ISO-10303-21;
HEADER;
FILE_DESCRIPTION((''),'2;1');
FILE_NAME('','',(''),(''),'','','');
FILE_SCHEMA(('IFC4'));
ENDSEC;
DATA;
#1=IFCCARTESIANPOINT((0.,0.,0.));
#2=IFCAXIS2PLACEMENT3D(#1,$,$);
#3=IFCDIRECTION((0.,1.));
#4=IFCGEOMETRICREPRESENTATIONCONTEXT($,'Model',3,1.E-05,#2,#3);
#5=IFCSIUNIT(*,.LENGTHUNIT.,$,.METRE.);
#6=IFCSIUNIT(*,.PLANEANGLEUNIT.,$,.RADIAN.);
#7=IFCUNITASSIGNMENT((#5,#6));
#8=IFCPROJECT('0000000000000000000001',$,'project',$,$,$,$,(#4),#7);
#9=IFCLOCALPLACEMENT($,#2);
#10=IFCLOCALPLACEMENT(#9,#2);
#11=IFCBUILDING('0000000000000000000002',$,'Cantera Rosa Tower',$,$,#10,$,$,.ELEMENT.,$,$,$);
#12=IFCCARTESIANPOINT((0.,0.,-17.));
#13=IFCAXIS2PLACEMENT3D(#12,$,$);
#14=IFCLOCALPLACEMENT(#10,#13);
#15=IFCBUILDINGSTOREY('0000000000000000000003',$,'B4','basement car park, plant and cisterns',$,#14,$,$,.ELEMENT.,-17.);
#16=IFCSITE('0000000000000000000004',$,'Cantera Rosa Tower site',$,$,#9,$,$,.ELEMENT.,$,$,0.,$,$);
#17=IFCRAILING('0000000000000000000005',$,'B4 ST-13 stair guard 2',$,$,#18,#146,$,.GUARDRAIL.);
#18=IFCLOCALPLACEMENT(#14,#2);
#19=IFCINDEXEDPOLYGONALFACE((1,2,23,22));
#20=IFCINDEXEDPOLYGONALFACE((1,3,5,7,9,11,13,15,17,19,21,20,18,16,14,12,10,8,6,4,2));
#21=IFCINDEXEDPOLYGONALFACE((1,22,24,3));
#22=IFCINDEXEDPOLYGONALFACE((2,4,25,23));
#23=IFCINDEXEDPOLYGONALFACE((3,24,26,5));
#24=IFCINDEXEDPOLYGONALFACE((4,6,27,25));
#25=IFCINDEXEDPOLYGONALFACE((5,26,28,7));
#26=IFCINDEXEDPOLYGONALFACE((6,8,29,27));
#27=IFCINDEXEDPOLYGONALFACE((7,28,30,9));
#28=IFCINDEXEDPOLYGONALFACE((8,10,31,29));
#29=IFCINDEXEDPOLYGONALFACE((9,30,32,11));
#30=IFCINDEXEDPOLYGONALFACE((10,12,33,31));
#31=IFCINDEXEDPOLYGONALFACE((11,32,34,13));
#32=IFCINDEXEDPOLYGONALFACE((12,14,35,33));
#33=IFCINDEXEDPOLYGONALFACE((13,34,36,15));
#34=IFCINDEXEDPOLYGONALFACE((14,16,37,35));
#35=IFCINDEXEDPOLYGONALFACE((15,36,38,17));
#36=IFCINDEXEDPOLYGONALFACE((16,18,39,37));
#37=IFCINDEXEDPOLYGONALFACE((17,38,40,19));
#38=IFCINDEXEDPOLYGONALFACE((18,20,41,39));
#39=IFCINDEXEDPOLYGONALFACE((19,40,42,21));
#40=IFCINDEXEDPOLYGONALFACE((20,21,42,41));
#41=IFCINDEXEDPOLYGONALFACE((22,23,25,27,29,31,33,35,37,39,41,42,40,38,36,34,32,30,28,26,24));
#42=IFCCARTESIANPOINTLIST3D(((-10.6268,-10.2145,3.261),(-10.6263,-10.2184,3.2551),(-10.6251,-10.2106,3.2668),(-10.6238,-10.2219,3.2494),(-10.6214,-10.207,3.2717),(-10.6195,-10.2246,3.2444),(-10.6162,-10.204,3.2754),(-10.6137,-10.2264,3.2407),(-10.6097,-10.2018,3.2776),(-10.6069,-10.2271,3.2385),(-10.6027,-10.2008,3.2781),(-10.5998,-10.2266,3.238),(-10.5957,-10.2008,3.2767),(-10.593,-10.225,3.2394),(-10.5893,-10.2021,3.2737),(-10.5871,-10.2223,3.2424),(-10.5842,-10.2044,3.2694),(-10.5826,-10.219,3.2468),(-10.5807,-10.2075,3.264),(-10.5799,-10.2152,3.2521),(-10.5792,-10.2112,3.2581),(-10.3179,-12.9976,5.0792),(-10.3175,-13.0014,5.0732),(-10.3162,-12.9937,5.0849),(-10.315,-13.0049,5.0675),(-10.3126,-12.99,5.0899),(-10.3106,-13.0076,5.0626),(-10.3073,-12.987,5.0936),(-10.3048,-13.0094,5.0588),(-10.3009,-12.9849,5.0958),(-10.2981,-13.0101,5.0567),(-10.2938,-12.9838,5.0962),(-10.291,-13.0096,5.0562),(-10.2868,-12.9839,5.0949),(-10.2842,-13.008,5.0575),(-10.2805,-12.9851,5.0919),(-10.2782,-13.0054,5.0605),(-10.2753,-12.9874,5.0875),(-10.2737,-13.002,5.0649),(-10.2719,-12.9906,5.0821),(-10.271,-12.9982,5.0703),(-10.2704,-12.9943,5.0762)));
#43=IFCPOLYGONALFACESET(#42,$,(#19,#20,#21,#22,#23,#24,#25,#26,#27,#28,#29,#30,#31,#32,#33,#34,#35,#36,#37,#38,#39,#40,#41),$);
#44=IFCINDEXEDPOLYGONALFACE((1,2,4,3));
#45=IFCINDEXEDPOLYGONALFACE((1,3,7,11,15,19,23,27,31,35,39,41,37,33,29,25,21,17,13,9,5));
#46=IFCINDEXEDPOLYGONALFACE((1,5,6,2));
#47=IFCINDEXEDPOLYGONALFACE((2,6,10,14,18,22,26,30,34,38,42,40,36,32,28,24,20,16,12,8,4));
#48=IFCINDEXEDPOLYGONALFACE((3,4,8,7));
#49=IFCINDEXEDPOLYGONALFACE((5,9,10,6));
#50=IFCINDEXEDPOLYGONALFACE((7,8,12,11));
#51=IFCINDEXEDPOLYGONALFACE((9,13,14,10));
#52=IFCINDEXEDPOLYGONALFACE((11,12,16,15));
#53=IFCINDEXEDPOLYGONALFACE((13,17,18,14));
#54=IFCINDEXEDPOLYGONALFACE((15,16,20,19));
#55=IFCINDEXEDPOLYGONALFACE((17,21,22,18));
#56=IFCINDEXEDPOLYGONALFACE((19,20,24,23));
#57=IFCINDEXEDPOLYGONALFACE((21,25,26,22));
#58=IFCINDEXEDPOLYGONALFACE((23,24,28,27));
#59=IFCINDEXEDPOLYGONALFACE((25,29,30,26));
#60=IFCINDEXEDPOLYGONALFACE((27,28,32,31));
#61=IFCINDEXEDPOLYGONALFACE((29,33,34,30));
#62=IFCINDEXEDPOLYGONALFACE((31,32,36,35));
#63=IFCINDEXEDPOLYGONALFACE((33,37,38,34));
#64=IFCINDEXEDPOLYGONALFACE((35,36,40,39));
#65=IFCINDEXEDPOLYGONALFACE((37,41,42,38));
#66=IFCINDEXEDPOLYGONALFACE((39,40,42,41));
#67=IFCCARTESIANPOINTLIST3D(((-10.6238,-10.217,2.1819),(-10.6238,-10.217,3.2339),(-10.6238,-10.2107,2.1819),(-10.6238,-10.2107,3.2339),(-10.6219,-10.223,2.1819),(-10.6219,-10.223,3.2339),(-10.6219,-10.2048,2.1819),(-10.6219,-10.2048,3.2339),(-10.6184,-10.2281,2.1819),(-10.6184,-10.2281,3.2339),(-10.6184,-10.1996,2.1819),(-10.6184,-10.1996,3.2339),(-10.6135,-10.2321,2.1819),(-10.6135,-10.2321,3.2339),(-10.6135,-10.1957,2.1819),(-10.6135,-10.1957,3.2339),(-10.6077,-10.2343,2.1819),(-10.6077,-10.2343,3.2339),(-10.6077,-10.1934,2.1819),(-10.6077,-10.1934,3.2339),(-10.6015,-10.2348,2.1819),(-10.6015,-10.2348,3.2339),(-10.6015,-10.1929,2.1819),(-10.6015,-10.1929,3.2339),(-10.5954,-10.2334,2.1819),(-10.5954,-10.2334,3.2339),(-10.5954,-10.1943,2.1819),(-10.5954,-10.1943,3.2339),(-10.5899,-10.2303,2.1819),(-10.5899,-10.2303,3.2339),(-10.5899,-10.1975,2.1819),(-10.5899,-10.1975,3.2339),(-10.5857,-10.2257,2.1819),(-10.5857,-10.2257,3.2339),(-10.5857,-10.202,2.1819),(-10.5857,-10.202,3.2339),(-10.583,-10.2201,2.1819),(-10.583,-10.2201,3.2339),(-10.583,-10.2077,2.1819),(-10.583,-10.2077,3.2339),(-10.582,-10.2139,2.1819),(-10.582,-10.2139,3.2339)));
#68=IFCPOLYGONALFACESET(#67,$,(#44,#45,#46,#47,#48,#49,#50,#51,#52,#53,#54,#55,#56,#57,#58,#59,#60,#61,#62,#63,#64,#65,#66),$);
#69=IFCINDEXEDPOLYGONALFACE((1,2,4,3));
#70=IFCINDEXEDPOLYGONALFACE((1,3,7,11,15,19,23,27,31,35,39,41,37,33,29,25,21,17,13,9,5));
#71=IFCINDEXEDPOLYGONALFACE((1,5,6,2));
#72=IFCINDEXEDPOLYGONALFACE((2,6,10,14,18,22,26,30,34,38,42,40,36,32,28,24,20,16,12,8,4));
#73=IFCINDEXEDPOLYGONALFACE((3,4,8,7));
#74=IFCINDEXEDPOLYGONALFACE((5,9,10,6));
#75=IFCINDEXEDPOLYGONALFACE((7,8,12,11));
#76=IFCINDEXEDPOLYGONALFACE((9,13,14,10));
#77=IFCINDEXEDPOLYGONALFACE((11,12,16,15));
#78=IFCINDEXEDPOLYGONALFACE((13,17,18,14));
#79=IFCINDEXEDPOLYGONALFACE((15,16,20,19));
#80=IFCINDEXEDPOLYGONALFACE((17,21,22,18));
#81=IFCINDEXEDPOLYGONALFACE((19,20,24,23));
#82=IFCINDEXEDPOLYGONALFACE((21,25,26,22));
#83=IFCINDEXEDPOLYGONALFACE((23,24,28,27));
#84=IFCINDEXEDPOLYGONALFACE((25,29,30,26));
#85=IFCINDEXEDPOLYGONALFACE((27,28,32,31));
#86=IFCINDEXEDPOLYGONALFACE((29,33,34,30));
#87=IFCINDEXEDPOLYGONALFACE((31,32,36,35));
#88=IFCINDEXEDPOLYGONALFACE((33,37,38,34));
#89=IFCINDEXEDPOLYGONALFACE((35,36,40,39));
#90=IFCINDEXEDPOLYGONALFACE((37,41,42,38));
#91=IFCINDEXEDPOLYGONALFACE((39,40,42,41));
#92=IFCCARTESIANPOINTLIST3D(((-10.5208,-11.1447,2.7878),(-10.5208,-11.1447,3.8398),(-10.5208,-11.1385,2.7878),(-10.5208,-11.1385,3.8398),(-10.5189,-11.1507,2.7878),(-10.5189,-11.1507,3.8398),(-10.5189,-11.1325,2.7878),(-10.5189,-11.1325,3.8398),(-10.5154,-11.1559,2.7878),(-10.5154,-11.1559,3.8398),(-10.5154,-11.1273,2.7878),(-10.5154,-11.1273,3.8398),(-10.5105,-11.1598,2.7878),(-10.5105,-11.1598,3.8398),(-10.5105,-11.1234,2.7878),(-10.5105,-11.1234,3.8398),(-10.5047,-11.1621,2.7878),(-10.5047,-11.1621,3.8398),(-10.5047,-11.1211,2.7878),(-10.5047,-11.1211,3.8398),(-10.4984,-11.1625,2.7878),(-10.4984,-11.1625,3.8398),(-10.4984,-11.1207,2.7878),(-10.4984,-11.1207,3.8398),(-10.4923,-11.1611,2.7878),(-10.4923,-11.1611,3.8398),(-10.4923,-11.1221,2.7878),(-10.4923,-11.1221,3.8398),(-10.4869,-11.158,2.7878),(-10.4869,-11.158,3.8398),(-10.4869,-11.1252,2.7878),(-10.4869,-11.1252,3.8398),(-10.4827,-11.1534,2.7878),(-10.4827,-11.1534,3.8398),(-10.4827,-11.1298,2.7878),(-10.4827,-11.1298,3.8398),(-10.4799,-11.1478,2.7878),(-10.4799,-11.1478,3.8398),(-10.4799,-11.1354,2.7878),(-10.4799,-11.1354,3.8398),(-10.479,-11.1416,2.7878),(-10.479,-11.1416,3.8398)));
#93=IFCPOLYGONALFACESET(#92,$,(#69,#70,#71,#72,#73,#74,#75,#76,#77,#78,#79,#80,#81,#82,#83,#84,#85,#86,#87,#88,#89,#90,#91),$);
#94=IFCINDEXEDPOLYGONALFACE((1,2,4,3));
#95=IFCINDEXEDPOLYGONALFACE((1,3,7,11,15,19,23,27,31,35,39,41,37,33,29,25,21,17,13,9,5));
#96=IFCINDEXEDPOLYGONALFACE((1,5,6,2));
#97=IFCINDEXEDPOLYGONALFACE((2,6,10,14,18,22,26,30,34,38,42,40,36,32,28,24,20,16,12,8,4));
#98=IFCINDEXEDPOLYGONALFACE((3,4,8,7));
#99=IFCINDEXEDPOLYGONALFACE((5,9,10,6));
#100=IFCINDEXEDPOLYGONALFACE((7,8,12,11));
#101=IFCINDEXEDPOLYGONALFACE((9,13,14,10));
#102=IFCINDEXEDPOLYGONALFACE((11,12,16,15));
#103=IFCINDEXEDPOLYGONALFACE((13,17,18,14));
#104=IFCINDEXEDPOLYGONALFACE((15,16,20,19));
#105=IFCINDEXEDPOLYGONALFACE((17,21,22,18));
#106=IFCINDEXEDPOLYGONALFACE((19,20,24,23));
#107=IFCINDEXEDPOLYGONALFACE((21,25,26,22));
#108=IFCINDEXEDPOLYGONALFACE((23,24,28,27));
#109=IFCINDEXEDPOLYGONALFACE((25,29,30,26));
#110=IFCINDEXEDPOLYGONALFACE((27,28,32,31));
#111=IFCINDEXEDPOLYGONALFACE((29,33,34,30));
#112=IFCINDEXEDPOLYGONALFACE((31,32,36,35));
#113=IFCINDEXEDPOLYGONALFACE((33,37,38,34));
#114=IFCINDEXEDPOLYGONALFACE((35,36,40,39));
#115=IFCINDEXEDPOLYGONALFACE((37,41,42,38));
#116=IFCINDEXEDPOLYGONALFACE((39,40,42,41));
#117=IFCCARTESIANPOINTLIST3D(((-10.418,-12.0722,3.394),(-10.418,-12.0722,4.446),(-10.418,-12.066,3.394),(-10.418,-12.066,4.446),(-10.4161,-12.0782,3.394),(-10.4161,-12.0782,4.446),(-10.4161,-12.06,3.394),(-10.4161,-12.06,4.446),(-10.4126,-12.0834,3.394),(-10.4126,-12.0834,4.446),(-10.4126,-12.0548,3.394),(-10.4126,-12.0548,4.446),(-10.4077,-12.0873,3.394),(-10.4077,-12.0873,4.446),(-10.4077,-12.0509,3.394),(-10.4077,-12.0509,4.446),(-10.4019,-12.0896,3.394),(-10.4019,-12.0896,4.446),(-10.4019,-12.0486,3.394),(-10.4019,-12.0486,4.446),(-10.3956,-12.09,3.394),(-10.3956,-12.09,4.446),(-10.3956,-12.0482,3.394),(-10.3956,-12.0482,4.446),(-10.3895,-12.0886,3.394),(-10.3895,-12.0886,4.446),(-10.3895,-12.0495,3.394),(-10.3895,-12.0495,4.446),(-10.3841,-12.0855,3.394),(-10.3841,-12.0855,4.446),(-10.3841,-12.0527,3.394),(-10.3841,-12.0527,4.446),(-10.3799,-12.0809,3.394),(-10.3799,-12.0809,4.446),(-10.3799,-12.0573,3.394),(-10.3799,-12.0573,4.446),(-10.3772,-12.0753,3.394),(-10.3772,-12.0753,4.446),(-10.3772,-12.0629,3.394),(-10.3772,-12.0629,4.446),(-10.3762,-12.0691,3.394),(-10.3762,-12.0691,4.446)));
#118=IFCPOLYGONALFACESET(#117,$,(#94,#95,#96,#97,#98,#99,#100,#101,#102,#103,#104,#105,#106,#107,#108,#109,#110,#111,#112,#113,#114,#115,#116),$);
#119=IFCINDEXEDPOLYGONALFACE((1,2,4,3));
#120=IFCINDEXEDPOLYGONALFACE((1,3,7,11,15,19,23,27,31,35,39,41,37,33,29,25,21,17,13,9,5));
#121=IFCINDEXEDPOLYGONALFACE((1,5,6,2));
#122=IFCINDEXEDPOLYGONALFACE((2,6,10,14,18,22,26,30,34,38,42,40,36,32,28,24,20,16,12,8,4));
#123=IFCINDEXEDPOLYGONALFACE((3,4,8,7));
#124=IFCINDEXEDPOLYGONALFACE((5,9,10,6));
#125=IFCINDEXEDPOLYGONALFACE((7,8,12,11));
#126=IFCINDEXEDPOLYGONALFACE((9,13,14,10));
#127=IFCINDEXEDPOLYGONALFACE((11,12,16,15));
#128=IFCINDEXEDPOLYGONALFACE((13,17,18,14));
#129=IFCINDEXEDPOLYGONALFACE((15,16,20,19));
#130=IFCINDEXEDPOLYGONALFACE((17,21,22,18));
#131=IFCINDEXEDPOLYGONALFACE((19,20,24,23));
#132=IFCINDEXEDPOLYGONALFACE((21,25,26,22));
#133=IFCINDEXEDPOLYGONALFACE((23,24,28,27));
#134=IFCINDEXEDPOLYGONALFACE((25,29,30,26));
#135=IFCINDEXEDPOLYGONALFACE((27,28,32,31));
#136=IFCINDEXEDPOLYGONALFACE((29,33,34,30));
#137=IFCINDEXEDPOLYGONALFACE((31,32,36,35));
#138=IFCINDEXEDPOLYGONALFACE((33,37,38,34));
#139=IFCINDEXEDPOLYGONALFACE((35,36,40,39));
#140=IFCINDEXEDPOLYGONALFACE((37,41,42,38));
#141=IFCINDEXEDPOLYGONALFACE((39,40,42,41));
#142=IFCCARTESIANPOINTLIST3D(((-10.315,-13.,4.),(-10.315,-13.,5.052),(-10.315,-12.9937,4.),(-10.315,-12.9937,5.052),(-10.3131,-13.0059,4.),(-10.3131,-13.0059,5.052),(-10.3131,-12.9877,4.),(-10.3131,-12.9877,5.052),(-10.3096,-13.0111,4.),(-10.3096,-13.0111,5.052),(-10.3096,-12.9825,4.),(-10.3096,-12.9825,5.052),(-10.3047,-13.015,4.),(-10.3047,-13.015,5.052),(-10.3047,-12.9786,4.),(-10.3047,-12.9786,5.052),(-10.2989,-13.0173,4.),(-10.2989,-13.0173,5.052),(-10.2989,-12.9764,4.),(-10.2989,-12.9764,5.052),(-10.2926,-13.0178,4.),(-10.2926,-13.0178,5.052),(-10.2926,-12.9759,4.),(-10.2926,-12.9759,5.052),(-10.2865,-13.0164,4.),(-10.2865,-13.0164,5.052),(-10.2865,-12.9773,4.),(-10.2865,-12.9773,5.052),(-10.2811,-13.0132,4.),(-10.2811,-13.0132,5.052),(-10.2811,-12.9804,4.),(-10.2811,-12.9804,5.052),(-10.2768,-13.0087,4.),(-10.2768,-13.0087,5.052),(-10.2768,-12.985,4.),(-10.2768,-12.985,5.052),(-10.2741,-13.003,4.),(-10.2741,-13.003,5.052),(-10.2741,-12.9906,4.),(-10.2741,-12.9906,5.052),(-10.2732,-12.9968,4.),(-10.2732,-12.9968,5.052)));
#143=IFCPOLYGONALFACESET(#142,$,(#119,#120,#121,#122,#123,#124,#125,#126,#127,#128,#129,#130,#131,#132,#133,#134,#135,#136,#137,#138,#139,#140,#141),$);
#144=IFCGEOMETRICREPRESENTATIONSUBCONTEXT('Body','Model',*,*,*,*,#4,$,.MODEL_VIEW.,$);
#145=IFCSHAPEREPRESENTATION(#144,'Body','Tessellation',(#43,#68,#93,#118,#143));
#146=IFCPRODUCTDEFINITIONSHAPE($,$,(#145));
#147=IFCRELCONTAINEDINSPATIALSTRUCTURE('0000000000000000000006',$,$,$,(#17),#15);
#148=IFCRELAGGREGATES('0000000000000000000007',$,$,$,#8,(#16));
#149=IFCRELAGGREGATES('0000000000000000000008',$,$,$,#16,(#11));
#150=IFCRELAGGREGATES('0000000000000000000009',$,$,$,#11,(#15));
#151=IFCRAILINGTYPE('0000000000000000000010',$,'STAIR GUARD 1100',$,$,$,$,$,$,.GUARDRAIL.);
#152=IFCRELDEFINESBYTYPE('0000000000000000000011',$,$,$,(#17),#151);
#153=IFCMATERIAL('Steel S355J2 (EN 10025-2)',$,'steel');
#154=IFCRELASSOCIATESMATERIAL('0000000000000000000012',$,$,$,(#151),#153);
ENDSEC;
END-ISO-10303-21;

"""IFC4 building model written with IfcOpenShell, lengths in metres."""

from ifc_helpers import new_model, si_unit, direction, frame, origin, origin_2d, place, context, subcontext, project, spatial, circle, extrude, material, type_object, element, save


model = new_model("IFC4")

# Units and contexts
model_context = context("Model", 3, precision=1e-05, world=origin(), true_north=direction((0.0, 1.0)))
body_context = subcontext(model_context, "Body", "Model", "MODEL_VIEW")
ifc_project = project(units=[si_unit("LENGTHUNIT", "METRE"), si_unit("PLANEANGLEUNIT", "RADIAN")], contexts=[model_context])

# Site, building, storey
site_placement = place(None, origin())
site = spatial("IfcSite", under=ifc_project, at=site_placement, Name="Cantera Rosa Tower site", CompositionType="ELEMENT", RefElevation=0.0)
building_placement = place(site_placement, origin())
building = spatial("IfcBuilding", under=site, at=building_placement, Name="Cantera Rosa Tower", CompositionType="ELEMENT")
storey_placement = place(building_placement, frame((0.0, 0.0, -17.0)))
storey = spatial("IfcBuildingStorey", under=building, at=storey_placement, Name="B4", Description="basement car park, plant and cisterns", CompositionType="ELEMENT", Elevation=-17.0)

# Railing
ifc_material_1 = material(Name="Steel S355J2 (EN 10025-2)", Category="steel")
railing_type_1 = type_object("IfcRailingType", Name="STAIR GUARD 1100", PredefinedType="GUARDRAIL", material=ifc_material_1)
railing_1_placement = place(storey_placement, frame((-10.603, -10.2139, 2.1819)))
element("IfcRailing", 1, at=railing_1_placement, inside=storey, type_object=railing_type_1, Name="B4 ST-13 stair guard 2", PredefinedType="GUARDRAIL", context=body_context, shape_type="SweptSolid", body=[
    extrude(circle(Radius=0.0239, at=origin_2d()), frame((0.0, 0.0, 1.0762), z_axis=(0.092507, -0.833588, 0.544586), x_axis=(0.993899, 0.110298, 0.0)), (0.0, 0.0, 1.0), 3.3386),
    extrude(circle(Radius=0.021, at=origin_2d()), origin(), (0.0, 0.0, 1.0), 1.052),
    extrude(circle(Radius=0.021, at=origin_2d()), frame((0.103, -0.9277, 0.606)), (0.0, 0.0, 1.0), 1.052),
    extrude(circle(Radius=0.021, at=origin_2d()), frame((0.2058, -1.8552, 1.2122)), (0.0, 0.0, 1.0), 1.052),
    extrude(circle(Radius=0.021, at=origin_2d()), frame((0.3088, -2.783, 1.8181)), (0.0, 0.0, 1.0), 1.052),
])

save(model, "model.ifc")
